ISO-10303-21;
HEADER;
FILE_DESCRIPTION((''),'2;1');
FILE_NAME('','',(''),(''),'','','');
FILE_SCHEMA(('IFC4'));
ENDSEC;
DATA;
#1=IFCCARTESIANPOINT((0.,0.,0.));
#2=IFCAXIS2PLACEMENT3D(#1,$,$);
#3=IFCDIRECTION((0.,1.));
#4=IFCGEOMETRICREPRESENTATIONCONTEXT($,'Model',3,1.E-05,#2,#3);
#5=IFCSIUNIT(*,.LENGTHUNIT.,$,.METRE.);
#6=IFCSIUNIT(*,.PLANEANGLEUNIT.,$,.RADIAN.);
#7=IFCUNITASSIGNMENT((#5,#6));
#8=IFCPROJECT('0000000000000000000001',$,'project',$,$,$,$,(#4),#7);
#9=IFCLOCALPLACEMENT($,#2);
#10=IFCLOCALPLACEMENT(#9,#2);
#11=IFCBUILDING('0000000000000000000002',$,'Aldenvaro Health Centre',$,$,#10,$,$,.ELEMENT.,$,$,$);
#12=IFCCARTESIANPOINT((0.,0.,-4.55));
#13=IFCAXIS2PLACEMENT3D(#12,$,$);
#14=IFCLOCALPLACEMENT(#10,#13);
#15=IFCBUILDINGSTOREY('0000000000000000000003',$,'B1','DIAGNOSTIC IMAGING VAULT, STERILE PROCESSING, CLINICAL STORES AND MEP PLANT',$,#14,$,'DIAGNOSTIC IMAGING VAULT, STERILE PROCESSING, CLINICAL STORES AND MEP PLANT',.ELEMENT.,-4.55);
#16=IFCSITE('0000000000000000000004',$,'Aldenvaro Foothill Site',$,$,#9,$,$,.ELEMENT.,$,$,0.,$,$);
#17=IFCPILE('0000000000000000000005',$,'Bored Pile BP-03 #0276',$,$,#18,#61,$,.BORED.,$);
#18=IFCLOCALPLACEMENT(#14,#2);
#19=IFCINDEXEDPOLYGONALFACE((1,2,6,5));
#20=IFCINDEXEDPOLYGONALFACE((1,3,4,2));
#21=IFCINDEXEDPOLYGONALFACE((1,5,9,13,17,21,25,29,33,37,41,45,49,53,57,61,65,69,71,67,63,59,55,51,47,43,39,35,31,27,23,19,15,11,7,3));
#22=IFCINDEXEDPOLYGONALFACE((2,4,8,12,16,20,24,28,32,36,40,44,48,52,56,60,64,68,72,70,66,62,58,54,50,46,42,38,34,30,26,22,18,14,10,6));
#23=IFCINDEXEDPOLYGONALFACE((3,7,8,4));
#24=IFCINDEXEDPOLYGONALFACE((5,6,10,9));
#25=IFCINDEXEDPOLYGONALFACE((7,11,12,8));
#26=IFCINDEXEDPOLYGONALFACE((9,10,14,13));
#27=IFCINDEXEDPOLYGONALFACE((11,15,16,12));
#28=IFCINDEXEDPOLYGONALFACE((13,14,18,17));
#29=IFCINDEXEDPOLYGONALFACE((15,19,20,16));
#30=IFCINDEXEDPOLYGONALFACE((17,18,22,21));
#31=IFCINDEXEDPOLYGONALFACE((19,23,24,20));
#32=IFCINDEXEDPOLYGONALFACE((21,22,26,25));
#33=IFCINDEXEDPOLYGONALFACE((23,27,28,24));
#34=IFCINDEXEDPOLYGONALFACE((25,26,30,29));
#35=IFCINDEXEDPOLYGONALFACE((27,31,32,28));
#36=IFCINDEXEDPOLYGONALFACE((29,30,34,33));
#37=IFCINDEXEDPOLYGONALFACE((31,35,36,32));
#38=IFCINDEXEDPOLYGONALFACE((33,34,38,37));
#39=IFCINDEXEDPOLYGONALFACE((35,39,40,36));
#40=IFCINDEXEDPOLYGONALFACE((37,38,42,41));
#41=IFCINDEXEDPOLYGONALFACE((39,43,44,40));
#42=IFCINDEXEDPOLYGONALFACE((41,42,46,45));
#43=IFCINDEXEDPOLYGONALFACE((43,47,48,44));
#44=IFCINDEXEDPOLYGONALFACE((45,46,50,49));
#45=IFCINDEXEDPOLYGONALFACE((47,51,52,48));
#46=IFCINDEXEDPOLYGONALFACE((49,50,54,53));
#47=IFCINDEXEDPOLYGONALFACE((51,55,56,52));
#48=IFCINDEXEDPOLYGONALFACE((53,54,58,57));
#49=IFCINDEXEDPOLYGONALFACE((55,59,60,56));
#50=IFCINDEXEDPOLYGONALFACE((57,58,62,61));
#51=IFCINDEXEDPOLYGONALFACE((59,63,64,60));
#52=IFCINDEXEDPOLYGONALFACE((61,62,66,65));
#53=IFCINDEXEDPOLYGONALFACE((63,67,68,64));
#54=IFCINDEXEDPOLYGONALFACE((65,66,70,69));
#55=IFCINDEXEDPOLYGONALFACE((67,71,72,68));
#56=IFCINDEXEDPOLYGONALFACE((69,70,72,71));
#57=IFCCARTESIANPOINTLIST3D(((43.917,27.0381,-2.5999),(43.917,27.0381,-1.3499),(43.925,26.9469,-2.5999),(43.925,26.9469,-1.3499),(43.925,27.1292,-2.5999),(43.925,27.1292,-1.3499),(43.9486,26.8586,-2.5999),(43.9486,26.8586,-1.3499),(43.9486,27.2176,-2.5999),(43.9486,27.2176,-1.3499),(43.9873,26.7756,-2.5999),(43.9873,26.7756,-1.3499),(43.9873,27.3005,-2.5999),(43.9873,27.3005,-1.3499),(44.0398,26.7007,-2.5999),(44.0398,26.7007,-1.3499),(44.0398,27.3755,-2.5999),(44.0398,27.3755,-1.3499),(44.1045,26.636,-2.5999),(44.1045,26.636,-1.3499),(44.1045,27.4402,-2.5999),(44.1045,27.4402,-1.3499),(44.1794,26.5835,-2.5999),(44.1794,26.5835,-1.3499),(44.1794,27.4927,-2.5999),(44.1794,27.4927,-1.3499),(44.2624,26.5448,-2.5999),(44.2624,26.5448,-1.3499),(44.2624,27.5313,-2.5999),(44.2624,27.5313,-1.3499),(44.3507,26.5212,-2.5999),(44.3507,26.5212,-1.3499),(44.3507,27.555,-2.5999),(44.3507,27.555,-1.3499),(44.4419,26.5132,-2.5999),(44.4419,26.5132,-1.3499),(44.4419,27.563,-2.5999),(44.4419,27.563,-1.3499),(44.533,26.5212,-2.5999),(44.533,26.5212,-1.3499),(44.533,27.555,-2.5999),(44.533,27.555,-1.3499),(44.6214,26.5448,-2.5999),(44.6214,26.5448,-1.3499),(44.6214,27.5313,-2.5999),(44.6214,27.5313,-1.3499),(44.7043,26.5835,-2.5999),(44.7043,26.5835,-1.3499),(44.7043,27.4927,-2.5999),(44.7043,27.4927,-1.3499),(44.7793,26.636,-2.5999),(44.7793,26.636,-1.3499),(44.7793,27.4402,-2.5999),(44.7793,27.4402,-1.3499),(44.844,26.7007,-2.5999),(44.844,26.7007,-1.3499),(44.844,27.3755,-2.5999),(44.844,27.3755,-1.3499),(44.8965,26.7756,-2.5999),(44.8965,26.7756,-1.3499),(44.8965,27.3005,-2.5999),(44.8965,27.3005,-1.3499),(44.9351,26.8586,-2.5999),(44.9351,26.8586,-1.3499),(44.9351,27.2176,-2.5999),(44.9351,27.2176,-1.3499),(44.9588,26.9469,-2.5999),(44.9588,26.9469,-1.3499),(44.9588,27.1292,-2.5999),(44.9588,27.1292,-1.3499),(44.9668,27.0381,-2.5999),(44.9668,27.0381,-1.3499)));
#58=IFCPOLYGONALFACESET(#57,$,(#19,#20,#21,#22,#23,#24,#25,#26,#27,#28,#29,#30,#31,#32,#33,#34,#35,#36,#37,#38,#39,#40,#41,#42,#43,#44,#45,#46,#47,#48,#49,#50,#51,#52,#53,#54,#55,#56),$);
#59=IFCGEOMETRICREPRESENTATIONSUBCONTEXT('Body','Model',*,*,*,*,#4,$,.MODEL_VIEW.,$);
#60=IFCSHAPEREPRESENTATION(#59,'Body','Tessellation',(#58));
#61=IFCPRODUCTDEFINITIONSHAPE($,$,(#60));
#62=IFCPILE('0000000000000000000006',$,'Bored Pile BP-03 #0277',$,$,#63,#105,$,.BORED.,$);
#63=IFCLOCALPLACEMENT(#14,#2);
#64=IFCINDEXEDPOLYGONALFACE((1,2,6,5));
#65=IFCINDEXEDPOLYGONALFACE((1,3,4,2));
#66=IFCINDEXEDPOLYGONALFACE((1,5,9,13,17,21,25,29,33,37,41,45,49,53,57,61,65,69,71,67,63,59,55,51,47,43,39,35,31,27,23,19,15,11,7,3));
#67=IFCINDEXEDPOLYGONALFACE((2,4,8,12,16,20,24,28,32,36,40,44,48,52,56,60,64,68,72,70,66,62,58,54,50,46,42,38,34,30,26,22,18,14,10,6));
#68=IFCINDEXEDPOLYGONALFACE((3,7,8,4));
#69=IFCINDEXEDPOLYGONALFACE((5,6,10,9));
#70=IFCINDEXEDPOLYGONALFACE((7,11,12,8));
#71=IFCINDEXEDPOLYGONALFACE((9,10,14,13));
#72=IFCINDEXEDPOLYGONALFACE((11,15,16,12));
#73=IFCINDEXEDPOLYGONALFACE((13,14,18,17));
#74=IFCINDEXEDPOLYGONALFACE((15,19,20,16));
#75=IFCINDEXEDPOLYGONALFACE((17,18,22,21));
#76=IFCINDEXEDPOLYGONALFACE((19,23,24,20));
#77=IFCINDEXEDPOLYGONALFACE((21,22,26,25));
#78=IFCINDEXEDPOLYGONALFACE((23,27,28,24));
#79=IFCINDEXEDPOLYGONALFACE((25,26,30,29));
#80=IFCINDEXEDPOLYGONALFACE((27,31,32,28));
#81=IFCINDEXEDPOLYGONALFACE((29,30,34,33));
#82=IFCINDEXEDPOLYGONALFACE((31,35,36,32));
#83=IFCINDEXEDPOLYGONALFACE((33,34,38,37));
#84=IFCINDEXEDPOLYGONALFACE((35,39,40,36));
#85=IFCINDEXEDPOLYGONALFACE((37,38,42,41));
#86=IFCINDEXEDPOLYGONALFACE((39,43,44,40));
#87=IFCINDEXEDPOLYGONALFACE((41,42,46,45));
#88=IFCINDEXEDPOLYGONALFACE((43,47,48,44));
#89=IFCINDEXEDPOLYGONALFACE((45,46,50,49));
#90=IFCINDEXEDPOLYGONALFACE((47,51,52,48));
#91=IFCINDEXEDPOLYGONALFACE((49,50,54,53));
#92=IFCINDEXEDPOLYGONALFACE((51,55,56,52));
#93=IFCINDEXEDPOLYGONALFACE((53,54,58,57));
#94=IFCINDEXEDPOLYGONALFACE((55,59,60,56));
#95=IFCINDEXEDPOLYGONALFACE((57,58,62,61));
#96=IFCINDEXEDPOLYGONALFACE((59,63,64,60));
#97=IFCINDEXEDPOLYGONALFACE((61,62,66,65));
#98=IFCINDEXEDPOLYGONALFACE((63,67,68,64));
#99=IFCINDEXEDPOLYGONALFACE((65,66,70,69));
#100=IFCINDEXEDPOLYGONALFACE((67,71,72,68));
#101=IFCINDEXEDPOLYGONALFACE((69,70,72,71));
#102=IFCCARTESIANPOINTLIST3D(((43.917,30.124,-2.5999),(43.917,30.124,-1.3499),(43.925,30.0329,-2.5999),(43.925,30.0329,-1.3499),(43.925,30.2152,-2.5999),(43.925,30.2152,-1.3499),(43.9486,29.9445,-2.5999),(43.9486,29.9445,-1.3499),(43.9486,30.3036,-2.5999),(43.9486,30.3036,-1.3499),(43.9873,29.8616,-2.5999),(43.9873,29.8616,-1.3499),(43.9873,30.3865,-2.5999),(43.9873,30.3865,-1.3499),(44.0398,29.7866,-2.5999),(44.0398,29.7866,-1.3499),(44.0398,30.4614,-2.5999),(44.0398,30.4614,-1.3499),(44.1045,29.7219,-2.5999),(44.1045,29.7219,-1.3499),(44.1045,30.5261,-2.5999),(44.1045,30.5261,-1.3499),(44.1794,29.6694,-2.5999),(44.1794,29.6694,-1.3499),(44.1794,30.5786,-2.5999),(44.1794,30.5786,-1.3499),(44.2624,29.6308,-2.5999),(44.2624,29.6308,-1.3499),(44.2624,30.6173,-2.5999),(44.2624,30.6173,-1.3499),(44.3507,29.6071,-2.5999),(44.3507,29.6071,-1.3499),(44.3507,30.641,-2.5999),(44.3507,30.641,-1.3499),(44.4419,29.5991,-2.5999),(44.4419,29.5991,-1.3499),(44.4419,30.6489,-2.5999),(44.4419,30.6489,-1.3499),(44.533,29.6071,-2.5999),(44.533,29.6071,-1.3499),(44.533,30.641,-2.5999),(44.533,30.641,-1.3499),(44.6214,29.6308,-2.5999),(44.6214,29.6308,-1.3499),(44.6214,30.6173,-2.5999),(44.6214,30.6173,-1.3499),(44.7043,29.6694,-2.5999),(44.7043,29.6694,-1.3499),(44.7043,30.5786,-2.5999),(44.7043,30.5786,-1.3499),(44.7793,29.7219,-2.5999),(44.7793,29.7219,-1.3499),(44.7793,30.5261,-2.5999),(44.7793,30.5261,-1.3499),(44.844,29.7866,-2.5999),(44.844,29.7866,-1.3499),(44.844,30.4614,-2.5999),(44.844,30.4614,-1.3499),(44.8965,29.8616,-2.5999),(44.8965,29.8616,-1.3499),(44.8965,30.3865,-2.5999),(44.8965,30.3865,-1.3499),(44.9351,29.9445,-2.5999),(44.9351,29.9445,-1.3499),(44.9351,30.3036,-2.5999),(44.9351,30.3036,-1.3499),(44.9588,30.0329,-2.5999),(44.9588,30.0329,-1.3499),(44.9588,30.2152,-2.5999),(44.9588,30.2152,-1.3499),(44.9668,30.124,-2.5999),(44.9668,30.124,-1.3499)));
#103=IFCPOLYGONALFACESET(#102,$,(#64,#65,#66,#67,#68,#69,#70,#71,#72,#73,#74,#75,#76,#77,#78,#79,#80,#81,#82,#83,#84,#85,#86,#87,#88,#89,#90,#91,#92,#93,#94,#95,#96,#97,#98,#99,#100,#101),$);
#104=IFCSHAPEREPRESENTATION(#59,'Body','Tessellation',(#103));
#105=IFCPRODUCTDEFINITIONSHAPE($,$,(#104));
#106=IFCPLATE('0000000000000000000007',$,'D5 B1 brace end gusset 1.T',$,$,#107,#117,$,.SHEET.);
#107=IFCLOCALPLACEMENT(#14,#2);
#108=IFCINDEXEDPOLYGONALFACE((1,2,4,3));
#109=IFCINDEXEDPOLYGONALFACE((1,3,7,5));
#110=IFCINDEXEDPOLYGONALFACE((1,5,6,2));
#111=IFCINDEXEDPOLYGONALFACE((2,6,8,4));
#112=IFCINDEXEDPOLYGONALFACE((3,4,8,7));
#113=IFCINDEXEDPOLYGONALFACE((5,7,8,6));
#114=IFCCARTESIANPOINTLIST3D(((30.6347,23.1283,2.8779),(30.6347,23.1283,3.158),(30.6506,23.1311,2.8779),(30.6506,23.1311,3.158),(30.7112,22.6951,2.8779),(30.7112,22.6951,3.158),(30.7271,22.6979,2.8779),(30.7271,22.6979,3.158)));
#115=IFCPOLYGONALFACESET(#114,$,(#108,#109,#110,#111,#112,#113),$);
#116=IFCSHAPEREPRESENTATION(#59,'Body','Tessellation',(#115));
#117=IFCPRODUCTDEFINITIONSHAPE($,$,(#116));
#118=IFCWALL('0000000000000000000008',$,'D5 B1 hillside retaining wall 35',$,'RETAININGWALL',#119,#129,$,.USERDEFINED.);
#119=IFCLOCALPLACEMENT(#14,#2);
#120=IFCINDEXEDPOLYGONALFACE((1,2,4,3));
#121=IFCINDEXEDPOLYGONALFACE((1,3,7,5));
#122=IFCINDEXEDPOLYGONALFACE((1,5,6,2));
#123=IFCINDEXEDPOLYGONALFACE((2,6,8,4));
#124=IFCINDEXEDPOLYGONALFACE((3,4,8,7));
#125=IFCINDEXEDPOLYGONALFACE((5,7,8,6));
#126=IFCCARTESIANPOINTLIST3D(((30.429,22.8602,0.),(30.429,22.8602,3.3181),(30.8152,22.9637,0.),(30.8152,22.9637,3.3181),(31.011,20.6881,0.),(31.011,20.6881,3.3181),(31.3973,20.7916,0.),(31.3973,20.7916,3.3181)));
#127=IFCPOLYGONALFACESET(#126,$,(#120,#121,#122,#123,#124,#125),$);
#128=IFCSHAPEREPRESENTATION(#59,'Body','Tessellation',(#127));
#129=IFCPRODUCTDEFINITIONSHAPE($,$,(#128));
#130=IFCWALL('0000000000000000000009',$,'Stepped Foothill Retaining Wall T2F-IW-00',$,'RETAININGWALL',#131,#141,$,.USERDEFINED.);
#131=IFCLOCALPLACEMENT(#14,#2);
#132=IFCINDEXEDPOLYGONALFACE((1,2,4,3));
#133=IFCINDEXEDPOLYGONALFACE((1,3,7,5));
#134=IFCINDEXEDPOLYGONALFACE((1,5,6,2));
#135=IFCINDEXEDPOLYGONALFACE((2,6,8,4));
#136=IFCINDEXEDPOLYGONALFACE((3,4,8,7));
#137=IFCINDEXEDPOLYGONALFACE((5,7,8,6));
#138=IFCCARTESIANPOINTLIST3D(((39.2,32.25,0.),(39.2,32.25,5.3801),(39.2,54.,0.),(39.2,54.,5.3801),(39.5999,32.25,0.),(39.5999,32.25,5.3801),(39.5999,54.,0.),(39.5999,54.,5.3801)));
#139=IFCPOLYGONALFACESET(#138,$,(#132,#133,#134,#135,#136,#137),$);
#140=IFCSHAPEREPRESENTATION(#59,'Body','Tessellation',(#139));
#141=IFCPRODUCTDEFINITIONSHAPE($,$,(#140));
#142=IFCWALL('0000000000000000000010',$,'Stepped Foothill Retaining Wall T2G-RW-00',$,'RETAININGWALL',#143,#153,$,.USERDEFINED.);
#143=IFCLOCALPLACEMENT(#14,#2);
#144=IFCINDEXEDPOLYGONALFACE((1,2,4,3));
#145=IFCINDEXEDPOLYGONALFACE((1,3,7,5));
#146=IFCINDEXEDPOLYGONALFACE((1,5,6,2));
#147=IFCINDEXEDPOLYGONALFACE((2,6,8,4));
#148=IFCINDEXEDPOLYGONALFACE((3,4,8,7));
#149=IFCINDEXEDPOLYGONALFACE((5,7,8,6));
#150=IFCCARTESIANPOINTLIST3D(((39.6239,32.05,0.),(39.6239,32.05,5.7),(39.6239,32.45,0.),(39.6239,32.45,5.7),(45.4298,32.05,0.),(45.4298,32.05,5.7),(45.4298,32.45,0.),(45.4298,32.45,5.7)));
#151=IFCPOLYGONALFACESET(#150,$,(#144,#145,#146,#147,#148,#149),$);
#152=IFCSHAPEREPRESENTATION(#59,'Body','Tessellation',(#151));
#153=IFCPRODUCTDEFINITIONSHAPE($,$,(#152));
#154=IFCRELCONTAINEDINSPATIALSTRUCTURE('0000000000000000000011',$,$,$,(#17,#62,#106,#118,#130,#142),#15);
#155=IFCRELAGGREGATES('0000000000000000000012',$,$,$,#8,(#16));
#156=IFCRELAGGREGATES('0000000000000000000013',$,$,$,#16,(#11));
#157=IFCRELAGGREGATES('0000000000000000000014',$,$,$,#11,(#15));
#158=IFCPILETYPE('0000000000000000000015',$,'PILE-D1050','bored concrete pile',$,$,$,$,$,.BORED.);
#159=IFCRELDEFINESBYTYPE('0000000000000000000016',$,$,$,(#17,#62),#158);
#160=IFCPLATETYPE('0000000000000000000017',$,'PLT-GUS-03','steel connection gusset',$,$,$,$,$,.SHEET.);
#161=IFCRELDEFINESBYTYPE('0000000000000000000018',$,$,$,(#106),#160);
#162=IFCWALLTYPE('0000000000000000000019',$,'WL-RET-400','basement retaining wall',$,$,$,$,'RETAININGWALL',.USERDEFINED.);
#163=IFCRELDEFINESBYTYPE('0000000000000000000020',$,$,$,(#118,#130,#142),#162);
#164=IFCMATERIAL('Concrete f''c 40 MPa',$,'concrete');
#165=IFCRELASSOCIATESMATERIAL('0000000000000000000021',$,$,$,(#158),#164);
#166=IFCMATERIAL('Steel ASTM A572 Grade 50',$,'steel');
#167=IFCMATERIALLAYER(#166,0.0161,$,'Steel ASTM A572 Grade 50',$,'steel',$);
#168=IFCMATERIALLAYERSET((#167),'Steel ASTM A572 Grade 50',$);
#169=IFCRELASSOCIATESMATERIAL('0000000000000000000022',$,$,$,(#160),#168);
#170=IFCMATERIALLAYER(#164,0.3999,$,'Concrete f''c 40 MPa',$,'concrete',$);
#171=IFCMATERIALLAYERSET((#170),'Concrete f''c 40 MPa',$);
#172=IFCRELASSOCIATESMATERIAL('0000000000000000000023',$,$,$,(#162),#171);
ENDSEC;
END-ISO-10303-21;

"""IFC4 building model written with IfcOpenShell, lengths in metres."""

from ifc_helpers import new_model, si_unit, direction, frame, frame_2d, origin, origin_2d, place, context, subcontext, project, spatial, rectangle, circle, extrude, material, layer, layer_set, material_profile, profile_set, type_object, element, save


model = new_model("IFC4")

# Units and contexts
model_context = context("Model", 3, precision=1e-05, world=origin(), true_north=direction((0.0, 1.0)))
body_context = subcontext(model_context, "Body", "Model", "MODEL_VIEW")
ifc_project = project(units=[si_unit("LENGTHUNIT", "METRE"), si_unit("PLANEANGLEUNIT", "RADIAN")], contexts=[model_context])

# Site, building, storey
site_placement = place(None, origin())
site = spatial("IfcSite", under=ifc_project, at=site_placement, Name="Aldenvaro Foothill Site", CompositionType="ELEMENT", RefElevation=0.0)
building_placement = place(site_placement, origin())
building = spatial("IfcBuilding", under=site, at=building_placement, Name="Aldenvaro Health Centre", CompositionType="ELEMENT")
storey_placement = place(building_placement, frame((0.0, 0.0, -4.55)))
storey = spatial("IfcBuildingStorey", under=building, at=storey_placement, Name="B1", Description="DIAGNOSTIC IMAGING VAULT, STERILE PROCESSING, CLINICAL STORES AND MEP PLANT", LongName="DIAGNOSTIC IMAGING VAULT, STERILE PROCESSING, CLINICAL STORES AND MEP PLANT", CompositionType="ELEMENT", Elevation=-4.55)

# Piles
ifc_material_1 = material(Name="Concrete f'c 40 MPa", Category="concrete")
ifc_material_profile = material_profile(ifc_material_1, circle(Radius=0.5249, at=origin_2d()), Name="PILE D1050", Category="concrete")
ifc_profile_set = profile_set([ifc_material_profile], Name="Concrete f'c 40 MPa")
pile_type = type_object("IfcPileType", Name="PILE-D1050", Description="bored concrete pile", PredefinedType="BORED", material=ifc_profile_set)
for number, where, z_axis, x_axis, name in (
    (1, (44.4419, 27.0381, -1.3499), (0.0, 0.0, -1.0), (1.0, 0.0, 0.0), "Bored Pile BP-03 #0276"),
    (2, (44.4419, 30.124, -1.3499), (0.0, 0.0, -1.0), (1.0, 0.0, 0.0), "Bored Pile BP-03 #0277"),
):
    element("IfcPile", number, at=place(storey_placement, frame(where, z_axis=z_axis, x_axis=x_axis)), inside=storey, type_object=pile_type, Name=name, PredefinedType="BORED", context=body_context, shape_type="SweptSolid", body=[
        extrude(circle(Radius=0.5249, at=origin_2d()), origin(), (0.0, 0.0, 1.0), 1.25),
    ])

# Plate
ifc_material_2 = material(Name="Steel ASTM A572 Grade 50", Category="steel")
ifc_layer_1 = layer(ifc_material_2, 0.0161, Name="Steel ASTM A572 Grade 50", Category="steel")
ifc_layer_set_1 = layer_set([ifc_layer_1], Name="Steel ASTM A572 Grade 50")
plate_type = type_object("IfcPlateType", Name="PLT-GUS-03", Description="steel connection gusset", PredefinedType="SHEET", material=ifc_layer_set_1)
plate_placement = place(storey_placement, frame((30.6809, 22.9131, 2.8779), z_axis=(0.0, 0.0, 1.0), x_axis=(-0.173958, 0.984753, 0.0)))
element("IfcPlate", 3, at=plate_placement, inside=storey, type_object=plate_type, Name="D5 B1 brace end gusset 1.T", PredefinedType="SHEET", context=body_context, shape_type="SweptSolid", body=[
    extrude(rectangle(XDim=0.4399, YDim=0.0161, at=origin_2d()), origin(), (0.0, 0.0, 1.0), 0.28),
])

# Walls
ifc_layer_2 = layer(ifc_material_1, 0.3999, Name="Concrete f'c 40 MPa", Category="concrete")
ifc_layer_set_2 = layer_set([ifc_layer_2], Name="Concrete f'c 40 MPa")
wall_type = type_object("IfcWallType", Name="WL-RET-400", Description="basement retaining wall", ElementType="RETAININGWALL", PredefinedType="USERDEFINED", material=ifc_layer_set_2)
wall_1_placement = place(storey_placement, frame((30.6221, 22.9121, 0.0), z_axis=(0.0, 0.0, 1.0), x_axis=(0.258825, -0.965924, 0.0)))
element("IfcWall", 4, at=wall_1_placement, inside=storey, type_object=wall_type, Name="D5 B1 hillside retaining wall 35", ObjectType="RETAININGWALL", PredefinedType="USERDEFINED", context=body_context, shape_type="SweptSolid", body=[
    extrude(rectangle(XDim=2.2488, YDim=0.3999, at=frame_2d((1.1245, 0.0))), origin(), (0.0, 0.0, 1.0), 3.3181),
])
wall_2_placement = place(storey_placement, frame((39.3999, 32.25, 0.0), z_axis=(0.0, 0.0, 1.0), x_axis=(0.0, 1.0, 0.0)))
element("IfcWall", 5, at=wall_2_placement, inside=storey, type_object=wall_type, Name="Stepped Foothill Retaining Wall T2F-IW-00", ObjectType="RETAININGWALL", PredefinedType="USERDEFINED", context=body_context, shape_type="SweptSolid", body=[
    extrude(rectangle(XDim=21.75, YDim=0.3999, at=frame_2d((10.875, 0.0))), origin(), (0.0, 0.0, 1.0), 5.3801),
])
wall_3_placement = place(storey_placement, frame((39.624, 32.25, 0.0), z_axis=(0.0, 0.0, 1.0), x_axis=(1.0, 0.0, 0.0)))
element("IfcWall", 6, at=wall_3_placement, inside=storey, type_object=wall_type, Name="Stepped Foothill Retaining Wall T2G-RW-00", ObjectType="RETAININGWALL", PredefinedType="USERDEFINED", context=body_context, shape_type="SweptSolid", body=[
    extrude(rectangle(XDim=5.8059, YDim=0.3999, at=frame_2d((2.9028, 0.0))), origin(), (0.0, 0.0, 1.0), 5.7),
])

save(model, "model.ifc")
